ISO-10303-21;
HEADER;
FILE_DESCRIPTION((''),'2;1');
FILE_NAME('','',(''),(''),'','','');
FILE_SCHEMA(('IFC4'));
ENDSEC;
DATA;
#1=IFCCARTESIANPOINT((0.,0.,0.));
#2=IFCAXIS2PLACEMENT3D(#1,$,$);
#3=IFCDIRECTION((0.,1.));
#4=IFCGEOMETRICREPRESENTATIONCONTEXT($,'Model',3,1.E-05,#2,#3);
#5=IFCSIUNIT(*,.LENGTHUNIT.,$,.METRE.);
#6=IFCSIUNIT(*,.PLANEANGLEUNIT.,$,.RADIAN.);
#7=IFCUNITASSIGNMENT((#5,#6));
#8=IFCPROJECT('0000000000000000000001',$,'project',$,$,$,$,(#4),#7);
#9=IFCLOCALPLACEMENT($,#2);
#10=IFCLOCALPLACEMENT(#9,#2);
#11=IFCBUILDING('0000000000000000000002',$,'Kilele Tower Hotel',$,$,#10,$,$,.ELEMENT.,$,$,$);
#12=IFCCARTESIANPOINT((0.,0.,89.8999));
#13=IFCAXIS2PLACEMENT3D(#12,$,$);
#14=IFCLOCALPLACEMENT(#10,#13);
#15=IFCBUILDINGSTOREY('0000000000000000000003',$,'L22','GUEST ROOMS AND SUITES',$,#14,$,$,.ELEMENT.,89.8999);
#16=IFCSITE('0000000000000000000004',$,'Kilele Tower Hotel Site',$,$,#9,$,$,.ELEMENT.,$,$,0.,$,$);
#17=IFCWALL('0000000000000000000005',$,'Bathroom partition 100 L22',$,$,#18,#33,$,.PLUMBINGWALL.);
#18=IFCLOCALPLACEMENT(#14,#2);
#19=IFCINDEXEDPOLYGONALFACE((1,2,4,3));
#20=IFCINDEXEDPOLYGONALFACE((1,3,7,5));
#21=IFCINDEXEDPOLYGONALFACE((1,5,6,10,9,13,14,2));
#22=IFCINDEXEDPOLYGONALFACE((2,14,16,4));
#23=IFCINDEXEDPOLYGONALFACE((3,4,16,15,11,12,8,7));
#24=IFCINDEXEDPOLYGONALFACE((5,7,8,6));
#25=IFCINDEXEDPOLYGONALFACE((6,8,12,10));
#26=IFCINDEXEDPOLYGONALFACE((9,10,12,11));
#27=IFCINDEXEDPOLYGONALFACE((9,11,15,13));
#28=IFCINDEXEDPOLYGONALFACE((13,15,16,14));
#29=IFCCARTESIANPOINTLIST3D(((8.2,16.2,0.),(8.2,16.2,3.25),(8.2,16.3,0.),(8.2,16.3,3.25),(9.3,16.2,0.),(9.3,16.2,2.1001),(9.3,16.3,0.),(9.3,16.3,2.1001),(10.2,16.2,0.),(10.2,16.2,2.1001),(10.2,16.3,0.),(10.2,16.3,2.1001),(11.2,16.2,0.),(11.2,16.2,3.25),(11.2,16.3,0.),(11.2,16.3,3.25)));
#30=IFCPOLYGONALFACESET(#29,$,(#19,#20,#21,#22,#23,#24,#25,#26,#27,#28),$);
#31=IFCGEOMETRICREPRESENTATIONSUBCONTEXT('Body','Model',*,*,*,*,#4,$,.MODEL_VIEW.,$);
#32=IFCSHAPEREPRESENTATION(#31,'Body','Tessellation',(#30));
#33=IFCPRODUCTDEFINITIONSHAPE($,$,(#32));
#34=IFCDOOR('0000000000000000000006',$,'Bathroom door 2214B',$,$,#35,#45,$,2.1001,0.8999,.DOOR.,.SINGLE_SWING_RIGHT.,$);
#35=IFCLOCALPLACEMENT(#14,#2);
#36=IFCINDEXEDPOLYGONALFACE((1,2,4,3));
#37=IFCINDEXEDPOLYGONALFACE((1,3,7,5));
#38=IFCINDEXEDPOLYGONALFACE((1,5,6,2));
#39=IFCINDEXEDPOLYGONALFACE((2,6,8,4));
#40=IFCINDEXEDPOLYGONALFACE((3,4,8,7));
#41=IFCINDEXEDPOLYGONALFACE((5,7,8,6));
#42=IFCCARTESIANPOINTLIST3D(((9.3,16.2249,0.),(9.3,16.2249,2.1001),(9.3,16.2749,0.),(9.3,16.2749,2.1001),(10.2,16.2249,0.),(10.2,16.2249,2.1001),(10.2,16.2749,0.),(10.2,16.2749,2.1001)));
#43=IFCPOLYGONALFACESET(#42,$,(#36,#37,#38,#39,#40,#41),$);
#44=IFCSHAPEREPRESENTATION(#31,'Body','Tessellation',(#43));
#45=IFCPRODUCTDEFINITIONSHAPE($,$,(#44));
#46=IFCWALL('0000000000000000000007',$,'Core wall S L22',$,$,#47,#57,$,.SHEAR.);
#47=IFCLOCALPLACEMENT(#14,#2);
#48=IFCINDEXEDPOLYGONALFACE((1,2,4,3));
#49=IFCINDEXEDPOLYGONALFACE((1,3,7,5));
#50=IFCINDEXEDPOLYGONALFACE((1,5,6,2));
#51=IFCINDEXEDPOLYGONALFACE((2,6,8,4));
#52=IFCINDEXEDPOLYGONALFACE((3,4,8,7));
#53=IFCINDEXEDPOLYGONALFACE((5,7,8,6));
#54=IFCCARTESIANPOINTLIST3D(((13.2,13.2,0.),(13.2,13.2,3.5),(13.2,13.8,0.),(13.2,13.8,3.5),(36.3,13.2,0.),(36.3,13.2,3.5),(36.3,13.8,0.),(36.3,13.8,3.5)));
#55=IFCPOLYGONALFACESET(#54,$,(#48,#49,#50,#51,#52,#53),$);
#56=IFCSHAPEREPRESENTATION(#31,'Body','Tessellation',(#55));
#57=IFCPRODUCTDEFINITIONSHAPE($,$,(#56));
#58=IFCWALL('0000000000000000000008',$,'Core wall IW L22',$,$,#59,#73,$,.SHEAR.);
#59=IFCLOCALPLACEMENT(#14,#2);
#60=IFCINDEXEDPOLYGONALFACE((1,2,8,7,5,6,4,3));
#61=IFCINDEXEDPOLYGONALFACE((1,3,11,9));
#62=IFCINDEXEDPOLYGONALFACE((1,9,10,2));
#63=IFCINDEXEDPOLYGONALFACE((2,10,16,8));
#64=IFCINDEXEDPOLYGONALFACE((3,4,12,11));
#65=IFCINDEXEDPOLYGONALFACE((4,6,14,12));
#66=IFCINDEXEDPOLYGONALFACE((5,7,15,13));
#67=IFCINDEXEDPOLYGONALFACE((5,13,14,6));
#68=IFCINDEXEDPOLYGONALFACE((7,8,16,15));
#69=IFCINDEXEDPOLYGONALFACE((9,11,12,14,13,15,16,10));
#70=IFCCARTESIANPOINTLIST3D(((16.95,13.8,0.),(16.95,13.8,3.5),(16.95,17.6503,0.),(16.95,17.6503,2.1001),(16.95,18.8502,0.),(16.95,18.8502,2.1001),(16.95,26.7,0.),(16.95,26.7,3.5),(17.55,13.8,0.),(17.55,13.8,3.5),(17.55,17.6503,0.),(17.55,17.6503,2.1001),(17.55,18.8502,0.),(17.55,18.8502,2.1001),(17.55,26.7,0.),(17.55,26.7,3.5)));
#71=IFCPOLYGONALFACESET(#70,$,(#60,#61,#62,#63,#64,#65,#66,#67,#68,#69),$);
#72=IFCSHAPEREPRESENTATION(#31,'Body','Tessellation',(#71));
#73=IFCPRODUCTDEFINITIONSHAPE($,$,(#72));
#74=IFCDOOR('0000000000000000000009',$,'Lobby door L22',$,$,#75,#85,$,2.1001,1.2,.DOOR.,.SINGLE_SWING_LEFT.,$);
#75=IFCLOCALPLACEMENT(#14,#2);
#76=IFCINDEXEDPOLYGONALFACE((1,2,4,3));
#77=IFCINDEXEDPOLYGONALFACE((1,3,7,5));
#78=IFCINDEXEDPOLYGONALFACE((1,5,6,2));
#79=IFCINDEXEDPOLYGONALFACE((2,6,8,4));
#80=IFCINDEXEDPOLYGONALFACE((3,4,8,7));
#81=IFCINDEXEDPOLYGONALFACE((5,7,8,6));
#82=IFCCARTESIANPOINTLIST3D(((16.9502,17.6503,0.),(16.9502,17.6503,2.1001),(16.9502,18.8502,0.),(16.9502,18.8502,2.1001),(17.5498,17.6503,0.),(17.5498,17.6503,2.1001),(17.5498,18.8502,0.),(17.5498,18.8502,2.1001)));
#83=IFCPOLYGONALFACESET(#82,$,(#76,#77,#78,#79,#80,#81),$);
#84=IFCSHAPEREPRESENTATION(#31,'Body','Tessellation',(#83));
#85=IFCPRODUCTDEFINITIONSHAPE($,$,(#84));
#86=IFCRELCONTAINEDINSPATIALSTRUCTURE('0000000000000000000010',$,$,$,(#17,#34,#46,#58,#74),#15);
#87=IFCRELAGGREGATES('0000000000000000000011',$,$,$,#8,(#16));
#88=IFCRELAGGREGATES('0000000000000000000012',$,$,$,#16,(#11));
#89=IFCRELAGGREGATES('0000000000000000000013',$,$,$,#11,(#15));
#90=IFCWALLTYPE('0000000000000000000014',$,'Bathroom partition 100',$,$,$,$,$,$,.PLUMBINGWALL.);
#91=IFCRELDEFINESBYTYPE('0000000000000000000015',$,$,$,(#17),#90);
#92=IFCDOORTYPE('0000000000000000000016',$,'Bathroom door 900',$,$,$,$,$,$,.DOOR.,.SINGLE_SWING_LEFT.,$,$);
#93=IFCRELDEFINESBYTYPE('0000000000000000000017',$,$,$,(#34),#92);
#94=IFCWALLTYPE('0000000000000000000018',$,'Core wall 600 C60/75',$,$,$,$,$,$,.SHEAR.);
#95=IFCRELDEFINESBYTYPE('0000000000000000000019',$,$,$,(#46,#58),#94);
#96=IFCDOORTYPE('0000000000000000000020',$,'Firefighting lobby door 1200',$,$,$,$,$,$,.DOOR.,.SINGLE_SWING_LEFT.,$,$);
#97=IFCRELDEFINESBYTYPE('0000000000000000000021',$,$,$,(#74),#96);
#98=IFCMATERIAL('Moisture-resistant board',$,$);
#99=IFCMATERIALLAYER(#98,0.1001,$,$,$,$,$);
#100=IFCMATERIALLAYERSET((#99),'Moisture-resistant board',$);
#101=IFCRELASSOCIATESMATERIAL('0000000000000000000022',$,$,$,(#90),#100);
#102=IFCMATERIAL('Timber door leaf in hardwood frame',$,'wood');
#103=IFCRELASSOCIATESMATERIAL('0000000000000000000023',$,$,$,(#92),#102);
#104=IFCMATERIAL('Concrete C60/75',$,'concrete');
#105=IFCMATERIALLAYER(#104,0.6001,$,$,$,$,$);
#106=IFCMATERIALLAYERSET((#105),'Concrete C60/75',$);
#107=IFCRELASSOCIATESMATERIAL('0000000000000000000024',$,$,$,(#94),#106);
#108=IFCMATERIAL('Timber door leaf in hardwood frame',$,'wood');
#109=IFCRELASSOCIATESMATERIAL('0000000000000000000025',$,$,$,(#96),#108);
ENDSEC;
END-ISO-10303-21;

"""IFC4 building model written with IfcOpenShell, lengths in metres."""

from ifc_helpers import new_model, si_unit, direction, frame, frame_2d, origin, place, context, subcontext, project, spatial, rectangle, extrude, material, layer, layer_set, type_object, element, fill, save


model = new_model("IFC4")

# Units and contexts
model_context = context("Model", 3, precision=1e-05, world=origin(), true_north=direction((0.0, 1.0)))
body_context = subcontext(model_context, "Body", "Model", "MODEL_VIEW")
ifc_project = project(units=[si_unit("LENGTHUNIT", "METRE"), si_unit("PLANEANGLEUNIT", "RADIAN")], contexts=[model_context])

# Site, building, storey
site_placement = place(None, origin())
site = spatial("IfcSite", under=ifc_project, at=site_placement, Name="Kilele Tower Hotel Site", CompositionType="ELEMENT", RefElevation=0.0)
building_placement = place(site_placement, origin())
building = spatial("IfcBuilding", under=site, at=building_placement, Name="Kilele Tower Hotel", CompositionType="ELEMENT")
storey_placement = place(building_placement, frame((0.0, 0.0, 89.8999)))
storey = spatial("IfcBuildingStorey", under=building, at=storey_placement, Name="L22", Description="GUEST ROOMS AND SUITES", CompositionType="ELEMENT", Elevation=89.8999)

# Wall, opening, door
ifc_material_1 = material(Name="Moisture-resistant board")
ifc_layer_1 = layer(ifc_material_1, 0.1001)
ifc_layer_set_1 = layer_set([ifc_layer_1], Name="Moisture-resistant board")
wall_type_1 = type_object("IfcWallType", Name="Bathroom partition 100", PredefinedType="PLUMBINGWALL", material=ifc_layer_set_1)
wall_1_placement = place(storey_placement, frame((11.2, 16.25, 0.0), z_axis=(0.0, 0.0, 1.0), x_axis=(-1.0, 0.0, 0.0)))
wall_1 = element("IfcWall", 1, at=wall_1_placement, inside=storey, type_object=wall_type_1, Name="Bathroom partition 100 L22", PredefinedType="PLUMBINGWALL", context=body_context, shape_type="SweptSolid", body=[
    extrude(rectangle(XDim=3.0, YDim=0.1001, at=frame_2d((1.5, 0.0))), origin(), (0.0, 0.0, 1.0), 3.25),
])
opening_1_placement = place(wall_1_placement, frame((1.8999, 0.0, 0.0), z_axis=(0.0, 0.0, 1.0), x_axis=(-1.0, 0.0, 0.0)))
opening_1 = element("IfcOpeningElement", 2, at=opening_1_placement, cuts=wall_1, PredefinedType="OPENING", context=body_context, shape_type="SweptSolid", body=[
    extrude(rectangle(XDim=0.8999, YDim=2.1001, at=frame_2d((0.45, 1.05))), frame((0.0, 0.0601, 0.0), z_axis=(0.0, -1.0, 0.0), x_axis=(1.0, 0.0, 0.0)), (0.0, 0.0, 1.0), 0.1201),
])
ifc_material_2 = material(Name="Timber door leaf in hardwood frame", Category="wood")
door_type_1 = type_object("IfcDoorType", Name="Bathroom door 900", OperationType="SINGLE_SWING_LEFT", PredefinedType="DOOR", material=ifc_material_2)
door_1_placement = place(opening_1_placement, origin())
door_1 = element("IfcDoor", 3, at=door_1_placement, inside=storey, type_object=door_type_1, Name="Bathroom door 2214B", OperationType="SINGLE_SWING_RIGHT", OverallHeight=2.1001, OverallWidth=0.8999, PredefinedType="DOOR", context=body_context, shape_type="SweptSolid", body=[
    extrude(rectangle(XDim=0.8999, YDim=2.1001, at=frame_2d((0.45, 1.05))), frame((0.0, 0.0249, 0.0), z_axis=(0.0, -1.0, 0.0), x_axis=(1.0, 0.0, 0.0)), (0.0, 0.0, 1.0), 0.05),
])
fill(opening_1, door_1)

# Wall
ifc_material_3 = material(Name="Concrete C60/75", Category="concrete")
ifc_layer_2 = layer(ifc_material_3, 0.6001)
ifc_layer_set_2 = layer_set([ifc_layer_2], Name="Concrete C60/75")
wall_type_2 = type_object("IfcWallType", Name="Core wall 600 C60/75", PredefinedType="SHEAR", material=ifc_layer_set_2)
wall_2_placement = place(storey_placement, frame((13.2, 13.5, 0.0), z_axis=(0.0, 0.0, 1.0), x_axis=(1.0, 0.0, 0.0)))
element("IfcWall", 4, at=wall_2_placement, inside=storey, type_object=wall_type_2, Name="Core wall S L22", PredefinedType="SHEAR", context=body_context, shape_type="SweptSolid", body=[
    extrude(rectangle(XDim=23.1001, YDim=0.6001, at=frame_2d((11.55, 0.0))), origin(), (0.0, 0.0, 1.0), 3.5),
])

# Wall, opening, door
wall_3_placement = place(storey_placement, frame((17.25, 13.8, 0.0), z_axis=(0.0, 0.0, 1.0), x_axis=(0.0, 1.0, 0.0)))
wall_3 = element("IfcWall", 5, at=wall_3_placement, inside=storey, type_object=wall_type_2, Name="Core wall IW L22", PredefinedType="SHEAR", context=body_context, shape_type="SweptSolid", body=[
    extrude(rectangle(XDim=12.8999, YDim=0.6001, at=frame_2d((6.45, 0.0))), origin(), (0.0, 0.0, 1.0), 3.5),
])
opening_2_placement = place(wall_3_placement, frame((3.8501, 0.0, 0.0)))
opening_2 = element("IfcOpeningElement", 6, at=opening_2_placement, cuts=wall_3, PredefinedType="OPENING", context=body_context, shape_type="SweptSolid", body=[
    extrude(rectangle(XDim=1.2, YDim=2.1001, at=frame_2d((0.6001, 1.05))), frame((0.0, 0.3101, 0.0), z_axis=(0.0, -1.0, 0.0), x_axis=(1.0, 0.0, 0.0)), (0.0, 0.0, 1.0), 0.6201),
])
ifc_material_4 = material(Name="Timber door leaf in hardwood frame", Category="wood")
door_type_2 = type_object("IfcDoorType", Name="Firefighting lobby door 1200", OperationType="SINGLE_SWING_LEFT", PredefinedType="DOOR", material=ifc_material_4)
door_2_placement = place(opening_2_placement, origin())
door_2 = element("IfcDoor", 7, at=door_2_placement, inside=storey, type_object=door_type_2, Name="Lobby door L22", OperationType="SINGLE_SWING_LEFT", OverallHeight=2.1001, OverallWidth=1.2, PredefinedType="DOOR", context=body_context, shape_type="SweptSolid", body=[
    extrude(rectangle(XDim=1.2, YDim=2.1001, at=frame_2d((0.6001, 1.05))), frame((0.0, 0.2998, 0.0), z_axis=(0.0, -1.0, 0.0), x_axis=(1.0, 0.0, 0.0)), (0.0, 0.0, 1.0), 0.5996),
])
fill(opening_2, door_2)

save(model, "model.ifc")
